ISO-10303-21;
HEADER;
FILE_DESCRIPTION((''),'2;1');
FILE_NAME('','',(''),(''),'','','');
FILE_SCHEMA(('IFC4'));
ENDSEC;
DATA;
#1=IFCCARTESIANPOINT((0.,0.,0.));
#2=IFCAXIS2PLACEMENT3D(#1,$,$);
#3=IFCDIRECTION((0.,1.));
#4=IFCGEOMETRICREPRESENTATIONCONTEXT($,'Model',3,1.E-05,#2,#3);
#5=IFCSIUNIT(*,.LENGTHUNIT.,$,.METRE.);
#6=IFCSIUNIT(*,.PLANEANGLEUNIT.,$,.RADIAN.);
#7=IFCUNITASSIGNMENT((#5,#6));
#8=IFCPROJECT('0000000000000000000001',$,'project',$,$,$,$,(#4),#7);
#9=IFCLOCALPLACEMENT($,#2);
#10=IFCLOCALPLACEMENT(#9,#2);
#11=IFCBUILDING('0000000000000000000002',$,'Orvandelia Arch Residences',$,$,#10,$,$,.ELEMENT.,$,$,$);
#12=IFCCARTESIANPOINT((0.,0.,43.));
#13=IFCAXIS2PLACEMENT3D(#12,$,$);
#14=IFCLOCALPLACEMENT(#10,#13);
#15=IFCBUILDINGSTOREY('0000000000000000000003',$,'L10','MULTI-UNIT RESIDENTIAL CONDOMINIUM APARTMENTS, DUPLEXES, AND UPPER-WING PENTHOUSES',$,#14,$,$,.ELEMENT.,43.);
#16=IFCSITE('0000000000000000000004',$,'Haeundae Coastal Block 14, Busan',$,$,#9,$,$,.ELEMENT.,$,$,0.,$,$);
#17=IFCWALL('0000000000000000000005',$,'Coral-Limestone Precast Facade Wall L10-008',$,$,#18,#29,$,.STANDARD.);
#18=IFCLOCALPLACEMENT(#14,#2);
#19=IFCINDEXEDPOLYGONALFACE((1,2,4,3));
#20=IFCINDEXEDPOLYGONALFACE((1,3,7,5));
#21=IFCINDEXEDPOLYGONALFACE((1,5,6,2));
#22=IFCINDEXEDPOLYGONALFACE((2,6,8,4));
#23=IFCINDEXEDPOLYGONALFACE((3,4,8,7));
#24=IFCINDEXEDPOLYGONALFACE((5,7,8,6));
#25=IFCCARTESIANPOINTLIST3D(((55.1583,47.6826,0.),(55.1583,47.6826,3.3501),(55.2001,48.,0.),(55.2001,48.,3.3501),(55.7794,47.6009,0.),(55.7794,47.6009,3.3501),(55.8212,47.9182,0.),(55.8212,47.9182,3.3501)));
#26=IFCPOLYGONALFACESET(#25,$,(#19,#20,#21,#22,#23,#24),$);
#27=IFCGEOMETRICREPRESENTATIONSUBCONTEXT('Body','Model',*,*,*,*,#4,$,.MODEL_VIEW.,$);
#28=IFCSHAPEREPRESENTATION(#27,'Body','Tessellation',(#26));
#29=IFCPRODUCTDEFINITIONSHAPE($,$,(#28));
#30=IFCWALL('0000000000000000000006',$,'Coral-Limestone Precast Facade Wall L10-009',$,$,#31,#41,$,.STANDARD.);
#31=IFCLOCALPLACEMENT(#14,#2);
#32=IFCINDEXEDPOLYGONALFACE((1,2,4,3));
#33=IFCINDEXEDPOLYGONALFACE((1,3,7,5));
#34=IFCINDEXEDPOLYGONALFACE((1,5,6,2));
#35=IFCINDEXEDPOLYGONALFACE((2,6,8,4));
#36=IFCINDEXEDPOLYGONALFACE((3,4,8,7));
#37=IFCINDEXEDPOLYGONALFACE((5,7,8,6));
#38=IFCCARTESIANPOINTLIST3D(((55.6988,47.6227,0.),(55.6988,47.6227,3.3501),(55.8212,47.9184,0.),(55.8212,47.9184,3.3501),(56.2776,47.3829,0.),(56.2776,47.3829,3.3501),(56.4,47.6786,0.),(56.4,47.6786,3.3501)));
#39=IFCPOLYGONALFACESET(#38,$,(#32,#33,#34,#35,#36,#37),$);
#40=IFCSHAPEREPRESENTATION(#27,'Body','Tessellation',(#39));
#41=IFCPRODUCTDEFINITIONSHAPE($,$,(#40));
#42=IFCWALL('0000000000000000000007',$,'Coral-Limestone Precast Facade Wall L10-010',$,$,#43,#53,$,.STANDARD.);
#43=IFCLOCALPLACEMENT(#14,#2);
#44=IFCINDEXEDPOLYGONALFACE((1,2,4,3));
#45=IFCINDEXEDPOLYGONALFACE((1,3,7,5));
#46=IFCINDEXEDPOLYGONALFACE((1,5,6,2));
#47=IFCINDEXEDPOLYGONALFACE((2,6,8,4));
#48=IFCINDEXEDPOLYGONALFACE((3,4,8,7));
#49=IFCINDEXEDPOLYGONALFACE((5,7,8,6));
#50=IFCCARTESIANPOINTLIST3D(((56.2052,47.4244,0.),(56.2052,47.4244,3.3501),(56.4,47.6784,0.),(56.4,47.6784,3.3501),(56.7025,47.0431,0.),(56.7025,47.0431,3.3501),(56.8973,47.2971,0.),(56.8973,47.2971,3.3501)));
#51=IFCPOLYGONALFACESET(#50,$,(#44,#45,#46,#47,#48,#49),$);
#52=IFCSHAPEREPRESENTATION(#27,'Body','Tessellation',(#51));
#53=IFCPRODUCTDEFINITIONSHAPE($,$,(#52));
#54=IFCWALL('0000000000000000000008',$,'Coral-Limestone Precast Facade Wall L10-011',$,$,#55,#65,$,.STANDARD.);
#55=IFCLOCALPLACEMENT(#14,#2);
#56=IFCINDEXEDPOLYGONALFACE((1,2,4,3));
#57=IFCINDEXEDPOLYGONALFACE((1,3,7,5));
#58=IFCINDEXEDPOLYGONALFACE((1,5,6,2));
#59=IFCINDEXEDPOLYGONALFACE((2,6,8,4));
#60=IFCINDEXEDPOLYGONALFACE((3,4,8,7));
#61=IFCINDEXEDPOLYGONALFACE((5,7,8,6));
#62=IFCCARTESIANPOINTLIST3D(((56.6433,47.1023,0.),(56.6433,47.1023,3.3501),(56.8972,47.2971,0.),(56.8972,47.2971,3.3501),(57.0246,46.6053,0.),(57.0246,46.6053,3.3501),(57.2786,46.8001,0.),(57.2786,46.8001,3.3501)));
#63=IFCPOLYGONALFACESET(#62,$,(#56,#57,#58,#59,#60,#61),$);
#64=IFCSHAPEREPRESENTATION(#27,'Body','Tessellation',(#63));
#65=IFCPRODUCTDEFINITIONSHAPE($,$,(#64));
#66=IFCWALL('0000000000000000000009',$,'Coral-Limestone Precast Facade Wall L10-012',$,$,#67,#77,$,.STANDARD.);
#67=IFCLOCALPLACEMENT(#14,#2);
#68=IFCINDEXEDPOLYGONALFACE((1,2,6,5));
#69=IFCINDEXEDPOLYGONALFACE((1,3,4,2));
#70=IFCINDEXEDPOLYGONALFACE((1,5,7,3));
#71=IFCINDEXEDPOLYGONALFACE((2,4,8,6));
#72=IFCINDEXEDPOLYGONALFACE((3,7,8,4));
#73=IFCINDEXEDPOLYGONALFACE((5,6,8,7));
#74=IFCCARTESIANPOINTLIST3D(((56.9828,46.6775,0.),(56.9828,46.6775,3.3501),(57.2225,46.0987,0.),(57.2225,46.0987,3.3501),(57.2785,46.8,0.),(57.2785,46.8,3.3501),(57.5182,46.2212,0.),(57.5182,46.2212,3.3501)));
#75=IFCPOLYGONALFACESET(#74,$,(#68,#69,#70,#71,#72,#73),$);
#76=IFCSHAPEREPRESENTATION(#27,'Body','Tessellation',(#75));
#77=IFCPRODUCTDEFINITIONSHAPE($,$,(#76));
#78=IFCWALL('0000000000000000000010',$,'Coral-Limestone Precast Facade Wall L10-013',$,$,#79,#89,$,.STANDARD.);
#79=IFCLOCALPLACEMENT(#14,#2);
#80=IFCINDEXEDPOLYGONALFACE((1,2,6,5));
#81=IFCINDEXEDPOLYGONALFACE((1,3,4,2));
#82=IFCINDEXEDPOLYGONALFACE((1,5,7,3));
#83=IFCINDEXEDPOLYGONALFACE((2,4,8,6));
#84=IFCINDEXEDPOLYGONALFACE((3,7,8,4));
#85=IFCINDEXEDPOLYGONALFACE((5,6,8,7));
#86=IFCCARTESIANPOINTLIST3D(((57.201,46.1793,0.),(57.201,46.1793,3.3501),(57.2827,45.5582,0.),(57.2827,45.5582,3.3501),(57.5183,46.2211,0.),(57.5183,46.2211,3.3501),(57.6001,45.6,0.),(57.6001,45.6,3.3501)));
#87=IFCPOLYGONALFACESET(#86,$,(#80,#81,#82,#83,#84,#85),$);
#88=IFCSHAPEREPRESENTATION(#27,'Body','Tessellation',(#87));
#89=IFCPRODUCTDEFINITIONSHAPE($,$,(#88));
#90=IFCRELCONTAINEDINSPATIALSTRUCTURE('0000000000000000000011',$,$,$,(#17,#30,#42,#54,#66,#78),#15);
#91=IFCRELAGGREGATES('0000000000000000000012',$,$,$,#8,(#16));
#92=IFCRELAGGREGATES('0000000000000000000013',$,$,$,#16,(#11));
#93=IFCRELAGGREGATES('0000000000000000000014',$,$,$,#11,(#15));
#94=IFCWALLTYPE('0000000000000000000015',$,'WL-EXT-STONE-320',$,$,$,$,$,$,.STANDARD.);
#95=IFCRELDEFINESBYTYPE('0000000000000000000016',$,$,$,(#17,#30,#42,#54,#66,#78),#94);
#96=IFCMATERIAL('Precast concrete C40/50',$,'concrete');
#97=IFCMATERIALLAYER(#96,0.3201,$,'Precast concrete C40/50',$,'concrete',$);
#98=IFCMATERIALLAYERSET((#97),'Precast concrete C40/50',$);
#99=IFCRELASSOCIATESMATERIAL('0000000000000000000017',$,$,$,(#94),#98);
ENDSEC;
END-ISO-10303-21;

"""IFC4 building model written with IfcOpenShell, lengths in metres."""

from ifc_helpers import new_model, si_unit, direction, frame, frame_2d, origin, place, context, subcontext, project, spatial, rectangle, extrude, material, layer, layer_set, type_object, element, save


model = new_model("IFC4")

# Units and contexts
model_context = context("Model", 3, precision=1e-05, world=origin(), true_north=direction((0.0, 1.0)))
body_context = subcontext(model_context, "Body", "Model", "MODEL_VIEW")
ifc_project = project(units=[si_unit("LENGTHUNIT", "METRE"), si_unit("PLANEANGLEUNIT", "RADIAN")], contexts=[model_context])

# Site, building, storey
site_placement = place(None, origin())
site = spatial("IfcSite", under=ifc_project, at=site_placement, Name="Haeundae Coastal Block 14, Busan", CompositionType="ELEMENT", RefElevation=0.0)
building_placement = place(site_placement, origin())
building = spatial("IfcBuilding", under=site, at=building_placement, Name="Orvandelia Arch Residences", CompositionType="ELEMENT")
storey_placement = place(building_placement, frame((0.0, 0.0, 43.0)))
storey = spatial("IfcBuildingStorey", under=building, at=storey_placement, Name="L10", Description="MULTI-UNIT RESIDENTIAL CONDOMINIUM APARTMENTS, DUPLEXES, AND UPPER-WING PENTHOUSES", CompositionType="ELEMENT", Elevation=43.0)

# Walls
ifc_material_1 = material(Name="Precast concrete C40/50", Category="concrete")
ifc_layer_1 = layer(ifc_material_1, 0.3201, Name="Precast concrete C40/50", Category="concrete")
ifc_layer_set_1 = layer_set([ifc_layer_1], Name="Precast concrete C40/50")
wall_type_1 = type_object("IfcWallType", Name="WL-EXT-STONE-320", PredefinedType="STANDARD", material=ifc_layer_set_1)
for number, where, z_axis, x_axis, name in (
    (1, (55.1792, 47.8413, 0.0), (0.0, 0.0, 1.0), (0.991441, -0.130555, 0.0), "Coral-Limestone Precast Facade Wall L10-008"),
    (2, (55.76, 47.7705, 0.0), (0.0, 0.0, 1.0), (0.923893, -0.38265, 0.0), "Coral-Limestone Precast Facade Wall L10-009"),
):
    element("IfcWall", number, at=place(storey_placement, frame(where, z_axis=z_axis, x_axis=x_axis)), inside=storey, type_object=wall_type_1, Name=name, PredefinedType="STANDARD", context=body_context, shape_type="SweptSolid", body=[
        extrude(rectangle(XDim=0.6265, YDim=0.3201, at=frame_2d((0.3132, 0.0))), origin(), (0.0, 0.0, 1.0), 3.3501),
    ])
wall_1_placement = place(storey_placement, frame((56.3025, 47.5515, 0.0), z_axis=(0.0, 0.0, 1.0), x_axis=(0.79355, -0.608505, 0.0)))
element("IfcWall", 3, at=wall_1_placement, inside=storey, type_object=wall_type_1, Name="Coral-Limestone Precast Facade Wall L10-010", PredefinedType="STANDARD", context=body_context, shape_type="SweptSolid", body=[
    extrude(rectangle(XDim=0.6267, YDim=0.3201, at=frame_2d((0.3135, 0.0))), origin(), (0.0, 0.0, 1.0), 3.3501),
])
for number, where, z_axis, x_axis, name in (
    (4, (56.7703, 47.1997, 0.0), (0.0, 0.0, 1.0), (0.608693, -0.793406, 0.0), "Coral-Limestone Precast Facade Wall L10-011"),
    (5, (57.1306, 46.7388, 0.0), (0.0, 0.0, 1.0), (0.38265, -0.923893, 0.0), "Coral-Limestone Precast Facade Wall L10-012"),
    (6, (57.3596, 46.2002, 0.0), (0.0, 0.0, 1.0), (0.130555, -0.991441, 0.0), "Coral-Limestone Precast Facade Wall L10-013"),
):
    element("IfcWall", number, at=place(storey_placement, frame(where, z_axis=z_axis, x_axis=x_axis)), inside=storey, type_object=wall_type_1, Name=name, PredefinedType="STANDARD", context=body_context, shape_type="SweptSolid", body=[
        extrude(rectangle(XDim=0.6265, YDim=0.3201, at=frame_2d((0.3132, 0.0))), origin(), (0.0, 0.0, 1.0), 3.3501),
    ])

save(model, "model.ifc")
